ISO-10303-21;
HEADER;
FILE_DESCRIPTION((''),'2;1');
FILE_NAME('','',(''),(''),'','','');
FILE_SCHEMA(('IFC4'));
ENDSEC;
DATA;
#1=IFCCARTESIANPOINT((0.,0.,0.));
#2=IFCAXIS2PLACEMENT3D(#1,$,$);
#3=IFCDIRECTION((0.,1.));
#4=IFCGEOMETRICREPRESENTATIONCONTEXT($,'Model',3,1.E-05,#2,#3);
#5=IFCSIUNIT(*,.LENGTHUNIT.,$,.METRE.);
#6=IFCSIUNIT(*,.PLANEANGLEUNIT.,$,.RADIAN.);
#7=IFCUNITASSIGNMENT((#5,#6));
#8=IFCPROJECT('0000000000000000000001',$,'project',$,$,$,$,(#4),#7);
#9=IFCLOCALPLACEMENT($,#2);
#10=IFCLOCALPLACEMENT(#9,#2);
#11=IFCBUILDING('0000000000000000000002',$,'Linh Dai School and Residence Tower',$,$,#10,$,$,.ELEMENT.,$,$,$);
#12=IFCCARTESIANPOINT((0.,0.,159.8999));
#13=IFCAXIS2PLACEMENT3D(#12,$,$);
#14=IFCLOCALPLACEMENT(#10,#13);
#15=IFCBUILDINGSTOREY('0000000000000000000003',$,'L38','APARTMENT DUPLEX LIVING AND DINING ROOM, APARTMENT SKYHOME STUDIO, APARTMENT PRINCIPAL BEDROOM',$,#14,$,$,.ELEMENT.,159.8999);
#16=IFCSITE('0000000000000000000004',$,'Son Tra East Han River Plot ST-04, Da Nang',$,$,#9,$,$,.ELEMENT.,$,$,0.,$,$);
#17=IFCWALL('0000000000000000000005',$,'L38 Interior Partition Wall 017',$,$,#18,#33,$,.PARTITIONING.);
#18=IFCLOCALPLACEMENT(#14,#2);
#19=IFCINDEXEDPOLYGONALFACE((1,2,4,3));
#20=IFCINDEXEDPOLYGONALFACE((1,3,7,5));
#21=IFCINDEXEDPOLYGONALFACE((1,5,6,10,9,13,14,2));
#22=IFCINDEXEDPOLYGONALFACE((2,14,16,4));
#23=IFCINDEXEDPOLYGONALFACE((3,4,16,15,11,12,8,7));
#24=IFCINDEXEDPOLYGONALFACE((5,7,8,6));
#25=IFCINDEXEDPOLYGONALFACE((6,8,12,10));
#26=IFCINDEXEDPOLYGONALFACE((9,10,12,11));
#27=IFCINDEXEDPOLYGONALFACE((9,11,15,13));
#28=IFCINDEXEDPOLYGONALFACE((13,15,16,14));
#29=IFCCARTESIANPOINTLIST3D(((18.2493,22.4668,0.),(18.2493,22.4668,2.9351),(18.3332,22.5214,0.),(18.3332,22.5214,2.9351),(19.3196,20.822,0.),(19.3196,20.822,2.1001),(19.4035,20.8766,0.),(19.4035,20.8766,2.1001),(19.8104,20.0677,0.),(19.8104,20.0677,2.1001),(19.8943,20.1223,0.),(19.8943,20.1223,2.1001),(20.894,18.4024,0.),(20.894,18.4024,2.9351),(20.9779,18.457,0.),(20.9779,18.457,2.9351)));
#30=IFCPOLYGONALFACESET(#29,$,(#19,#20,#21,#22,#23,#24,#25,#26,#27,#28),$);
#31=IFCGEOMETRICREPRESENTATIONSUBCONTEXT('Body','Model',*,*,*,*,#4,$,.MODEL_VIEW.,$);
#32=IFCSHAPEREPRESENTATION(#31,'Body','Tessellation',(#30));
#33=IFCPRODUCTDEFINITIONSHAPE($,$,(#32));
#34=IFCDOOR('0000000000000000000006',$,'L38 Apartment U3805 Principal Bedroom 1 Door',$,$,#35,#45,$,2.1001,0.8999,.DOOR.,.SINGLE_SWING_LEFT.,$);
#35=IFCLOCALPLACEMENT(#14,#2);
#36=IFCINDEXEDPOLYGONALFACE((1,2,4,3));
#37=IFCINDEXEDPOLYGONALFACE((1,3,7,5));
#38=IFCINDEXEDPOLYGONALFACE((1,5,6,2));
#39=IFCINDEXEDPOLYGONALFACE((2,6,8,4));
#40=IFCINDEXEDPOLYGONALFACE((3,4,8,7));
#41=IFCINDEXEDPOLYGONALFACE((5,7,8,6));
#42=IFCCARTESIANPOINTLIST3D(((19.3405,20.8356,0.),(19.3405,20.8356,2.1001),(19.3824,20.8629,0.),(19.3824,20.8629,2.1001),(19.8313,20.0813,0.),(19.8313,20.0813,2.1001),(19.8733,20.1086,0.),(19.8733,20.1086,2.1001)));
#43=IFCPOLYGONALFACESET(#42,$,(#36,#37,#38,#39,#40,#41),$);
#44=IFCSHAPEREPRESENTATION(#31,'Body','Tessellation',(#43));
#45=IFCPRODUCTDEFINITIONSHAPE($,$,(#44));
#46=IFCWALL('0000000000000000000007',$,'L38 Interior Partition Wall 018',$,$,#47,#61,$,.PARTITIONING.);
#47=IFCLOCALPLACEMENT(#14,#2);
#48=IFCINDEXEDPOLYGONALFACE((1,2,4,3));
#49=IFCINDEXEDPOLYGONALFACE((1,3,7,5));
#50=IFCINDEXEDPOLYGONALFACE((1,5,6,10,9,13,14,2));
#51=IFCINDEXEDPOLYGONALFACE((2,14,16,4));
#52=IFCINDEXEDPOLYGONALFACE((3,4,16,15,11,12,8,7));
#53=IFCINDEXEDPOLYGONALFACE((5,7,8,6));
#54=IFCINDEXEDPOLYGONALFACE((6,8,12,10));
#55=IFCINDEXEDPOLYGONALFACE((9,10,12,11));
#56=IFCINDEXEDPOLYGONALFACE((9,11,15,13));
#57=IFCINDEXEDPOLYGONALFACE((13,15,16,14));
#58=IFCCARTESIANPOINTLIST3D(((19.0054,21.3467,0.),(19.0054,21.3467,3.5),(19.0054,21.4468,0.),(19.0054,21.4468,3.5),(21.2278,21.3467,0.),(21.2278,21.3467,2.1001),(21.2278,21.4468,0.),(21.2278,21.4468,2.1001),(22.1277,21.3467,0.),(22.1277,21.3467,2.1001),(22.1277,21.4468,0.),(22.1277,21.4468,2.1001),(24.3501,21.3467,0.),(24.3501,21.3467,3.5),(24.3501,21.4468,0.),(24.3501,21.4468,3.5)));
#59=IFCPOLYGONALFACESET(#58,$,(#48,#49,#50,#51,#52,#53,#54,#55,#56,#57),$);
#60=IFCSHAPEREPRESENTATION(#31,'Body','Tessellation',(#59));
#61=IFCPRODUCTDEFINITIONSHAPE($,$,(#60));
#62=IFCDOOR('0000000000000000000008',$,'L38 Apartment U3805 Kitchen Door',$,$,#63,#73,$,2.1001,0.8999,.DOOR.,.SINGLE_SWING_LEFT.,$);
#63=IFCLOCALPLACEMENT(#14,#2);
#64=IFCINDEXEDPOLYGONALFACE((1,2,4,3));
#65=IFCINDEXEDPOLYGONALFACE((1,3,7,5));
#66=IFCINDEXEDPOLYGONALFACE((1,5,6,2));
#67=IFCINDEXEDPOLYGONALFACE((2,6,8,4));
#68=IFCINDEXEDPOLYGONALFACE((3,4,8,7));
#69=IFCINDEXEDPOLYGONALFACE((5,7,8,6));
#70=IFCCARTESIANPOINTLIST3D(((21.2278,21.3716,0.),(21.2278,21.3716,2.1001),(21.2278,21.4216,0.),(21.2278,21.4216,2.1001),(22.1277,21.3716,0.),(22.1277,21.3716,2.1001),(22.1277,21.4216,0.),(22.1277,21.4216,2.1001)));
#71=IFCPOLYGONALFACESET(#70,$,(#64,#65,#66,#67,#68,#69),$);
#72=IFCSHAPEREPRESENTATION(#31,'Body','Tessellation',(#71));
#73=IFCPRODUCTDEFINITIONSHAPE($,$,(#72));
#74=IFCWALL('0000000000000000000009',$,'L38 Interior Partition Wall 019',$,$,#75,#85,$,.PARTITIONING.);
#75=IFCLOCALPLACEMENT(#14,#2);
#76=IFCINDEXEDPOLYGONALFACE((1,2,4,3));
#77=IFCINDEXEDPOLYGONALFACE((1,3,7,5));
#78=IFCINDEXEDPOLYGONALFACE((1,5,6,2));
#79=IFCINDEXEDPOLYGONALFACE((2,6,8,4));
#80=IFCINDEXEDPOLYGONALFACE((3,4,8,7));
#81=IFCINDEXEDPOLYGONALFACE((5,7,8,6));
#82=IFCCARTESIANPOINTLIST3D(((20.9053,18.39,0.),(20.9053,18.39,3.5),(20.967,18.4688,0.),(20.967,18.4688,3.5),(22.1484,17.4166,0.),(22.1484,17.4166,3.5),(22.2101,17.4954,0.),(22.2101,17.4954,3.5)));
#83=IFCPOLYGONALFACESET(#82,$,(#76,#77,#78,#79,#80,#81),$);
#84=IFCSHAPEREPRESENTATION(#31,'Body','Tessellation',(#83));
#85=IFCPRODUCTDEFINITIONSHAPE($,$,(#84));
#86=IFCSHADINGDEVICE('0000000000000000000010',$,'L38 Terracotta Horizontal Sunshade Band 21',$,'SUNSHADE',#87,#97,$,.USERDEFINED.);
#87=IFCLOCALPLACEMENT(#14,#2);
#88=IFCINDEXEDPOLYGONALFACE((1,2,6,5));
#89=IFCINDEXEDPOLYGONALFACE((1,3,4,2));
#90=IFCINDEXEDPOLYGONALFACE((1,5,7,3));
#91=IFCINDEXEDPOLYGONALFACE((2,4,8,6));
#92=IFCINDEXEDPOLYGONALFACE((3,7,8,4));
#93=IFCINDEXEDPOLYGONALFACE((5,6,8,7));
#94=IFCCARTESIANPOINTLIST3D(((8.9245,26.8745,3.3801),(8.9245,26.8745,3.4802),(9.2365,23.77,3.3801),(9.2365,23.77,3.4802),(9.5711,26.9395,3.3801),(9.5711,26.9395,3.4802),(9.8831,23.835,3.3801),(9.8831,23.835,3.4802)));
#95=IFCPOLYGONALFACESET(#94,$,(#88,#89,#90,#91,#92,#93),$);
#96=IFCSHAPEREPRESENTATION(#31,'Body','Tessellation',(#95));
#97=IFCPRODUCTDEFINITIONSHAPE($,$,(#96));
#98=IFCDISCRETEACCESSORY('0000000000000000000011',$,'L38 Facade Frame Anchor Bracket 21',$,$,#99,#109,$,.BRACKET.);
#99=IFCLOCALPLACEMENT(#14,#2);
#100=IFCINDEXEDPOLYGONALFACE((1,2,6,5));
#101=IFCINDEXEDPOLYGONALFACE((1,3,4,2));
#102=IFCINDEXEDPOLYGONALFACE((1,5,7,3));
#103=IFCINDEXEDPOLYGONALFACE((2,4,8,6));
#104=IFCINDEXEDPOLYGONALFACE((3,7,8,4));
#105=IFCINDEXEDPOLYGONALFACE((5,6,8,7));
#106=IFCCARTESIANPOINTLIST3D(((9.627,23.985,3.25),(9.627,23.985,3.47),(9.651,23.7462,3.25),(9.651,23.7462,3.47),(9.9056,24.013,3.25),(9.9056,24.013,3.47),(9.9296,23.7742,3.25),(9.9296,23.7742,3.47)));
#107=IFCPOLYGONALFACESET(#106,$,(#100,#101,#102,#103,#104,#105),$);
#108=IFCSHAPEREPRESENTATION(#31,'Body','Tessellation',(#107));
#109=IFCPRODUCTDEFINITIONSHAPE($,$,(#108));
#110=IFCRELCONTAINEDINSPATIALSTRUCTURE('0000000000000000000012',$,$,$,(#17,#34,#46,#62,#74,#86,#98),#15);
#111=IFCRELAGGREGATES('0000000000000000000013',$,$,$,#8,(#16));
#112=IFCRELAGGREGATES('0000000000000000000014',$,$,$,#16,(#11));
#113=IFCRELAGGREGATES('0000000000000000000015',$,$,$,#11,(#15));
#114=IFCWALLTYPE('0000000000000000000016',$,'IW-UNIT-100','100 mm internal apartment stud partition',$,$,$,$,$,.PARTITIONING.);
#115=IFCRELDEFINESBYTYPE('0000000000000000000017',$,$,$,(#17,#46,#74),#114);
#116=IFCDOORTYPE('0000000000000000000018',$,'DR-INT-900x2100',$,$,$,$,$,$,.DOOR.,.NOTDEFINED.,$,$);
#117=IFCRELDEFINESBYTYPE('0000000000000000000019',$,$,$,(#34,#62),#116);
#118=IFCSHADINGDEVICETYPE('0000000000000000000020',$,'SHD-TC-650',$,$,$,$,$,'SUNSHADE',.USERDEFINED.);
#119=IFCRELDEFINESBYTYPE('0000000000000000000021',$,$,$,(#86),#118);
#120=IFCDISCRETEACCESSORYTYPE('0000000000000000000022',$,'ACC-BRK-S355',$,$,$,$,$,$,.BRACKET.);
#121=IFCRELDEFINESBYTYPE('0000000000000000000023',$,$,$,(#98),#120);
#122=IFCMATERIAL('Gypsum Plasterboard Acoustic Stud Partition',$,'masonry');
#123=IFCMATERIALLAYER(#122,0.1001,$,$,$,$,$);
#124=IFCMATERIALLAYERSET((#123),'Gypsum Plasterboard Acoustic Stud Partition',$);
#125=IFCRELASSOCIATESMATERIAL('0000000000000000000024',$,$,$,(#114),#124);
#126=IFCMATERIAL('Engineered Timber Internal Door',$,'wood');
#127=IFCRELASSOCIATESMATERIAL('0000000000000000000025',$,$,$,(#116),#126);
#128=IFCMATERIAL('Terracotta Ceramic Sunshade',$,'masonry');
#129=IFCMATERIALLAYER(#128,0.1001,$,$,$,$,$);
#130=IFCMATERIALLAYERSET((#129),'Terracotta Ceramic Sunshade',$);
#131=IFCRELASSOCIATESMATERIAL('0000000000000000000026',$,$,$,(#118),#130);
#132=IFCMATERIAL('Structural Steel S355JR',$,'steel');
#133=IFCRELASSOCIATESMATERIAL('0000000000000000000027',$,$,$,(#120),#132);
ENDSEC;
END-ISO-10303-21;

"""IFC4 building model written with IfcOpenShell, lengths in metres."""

from ifc_helpers import new_model, si_unit, direction, frame, frame_2d, origin, origin_2d, place, context, subcontext, project, spatial, rectangle, extrude, source, transform, mapped, material, layer, layer_set, type_object, element, fill, save


model = new_model("IFC4")

# Units and contexts
model_context = context("Model", 3, precision=1e-05, world=origin(), true_north=direction((0.0, 1.0)))
body_context = subcontext(model_context, "Body", "Model", "MODEL_VIEW")
ifc_project = project(units=[si_unit("LENGTHUNIT", "METRE"), si_unit("PLANEANGLEUNIT", "RADIAN")], contexts=[model_context])

# Site, building, storey
site_placement = place(None, origin())
site = spatial("IfcSite", under=ifc_project, at=site_placement, Name="Son Tra East Han River Plot ST-04, Da Nang", CompositionType="ELEMENT", RefElevation=0.0)
building_placement = place(site_placement, origin())
building = spatial("IfcBuilding", under=site, at=building_placement, Name="Linh Dai School and Residence Tower", CompositionType="ELEMENT")
storey_placement = place(building_placement, frame((0.0, 0.0, 159.8999)))
storey = spatial("IfcBuildingStorey", under=building, at=storey_placement, Name="L38", Description="APARTMENT DUPLEX LIVING AND DINING ROOM, APARTMENT SKYHOME STUDIO, APARTMENT PRINCIPAL BEDROOM", CompositionType="ELEMENT", Elevation=159.8999)

# Shared definitions
ifc_material_1 = material(Name="Structural Steel S355JR", Category="steel")

# Shared definitions
ifc_material_2 = material(Name="Gypsum Plasterboard Acoustic Stud Partition", Category="masonry")
ifc_layer_1 = layer(ifc_material_2, 0.1001)
ifc_layer_set_1 = layer_set([ifc_layer_1], Name="Gypsum Plasterboard Acoustic Stud Partition")
wall_type_1 = type_object("IfcWallType", Name="IW-UNIT-100", Description="100 mm internal apartment stud partition", PredefinedType="PARTITIONING", material=ifc_layer_set_1)

# Walls, openings, doors
wall_1_placement = place(storey_placement, frame((18.2913, 22.4941, 0.0), z_axis=(0.0, 0.0, 1.0), x_axis=(0.545406, -0.838172, 0.0)))
wall_1 = element("IfcWall", 1, at=wall_1_placement, inside=storey, type_object=wall_type_1, Name="L38 Interior Partition Wall 017", PredefinedType="PARTITIONING", context=body_context, shape_type="SweptSolid", body=[
    extrude(rectangle(XDim=4.8491, YDim=0.1001, at=frame_2d((2.4246, 0.0))), origin(), (0.0, 0.0, 1.0), 2.9351),
])
opening_1_placement = place(wall_1_placement, frame((1.9624, 0.0, 0.0)))
opening_1 = element("IfcOpeningElement", 2, at=opening_1_placement, cuts=wall_1, PredefinedType="OPENING", context=body_context, shape_type="SweptSolid", body=[
    extrude(rectangle(XDim=0.8999, YDim=2.1001, at=origin_2d()), frame((0.45, 0.0601, 1.05), z_axis=(0.0, -1.0, 0.0), x_axis=(1.0, 0.0, 0.0)), (0.0, 0.0, 1.0), 0.1201),
])
ifc_material_3 = material(Name="Engineered Timber Internal Door", Category="wood")
door_type_1 = type_object("IfcDoorType", Name="DR-INT-900x2100", OperationType="NOTDEFINED", PredefinedType="DOOR", material=ifc_material_3)
shared_shape_1 = source(origin(), body_context, "Body", "SweptSolid", [
    extrude(rectangle(XDim=0.8999, YDim=2.1001, at=origin_2d()), frame((0.45, 0.0249, 1.05), z_axis=(0.0, -1.0, 0.0), x_axis=(1.0, 0.0, 0.0)), (0.0, 0.0, 1.0), 0.05),
])
door_1_placement = place(opening_1_placement, origin())
door_1 = element("IfcDoor", 3, at=door_1_placement, inside=storey, type_object=door_type_1, Name="L38 Apartment U3805 Principal Bedroom 1 Door", OperationType="SINGLE_SWING_LEFT", OverallHeight=2.1001, OverallWidth=0.8999, PredefinedType="DOOR", context=body_context, shape_type="MappedRepresentation", body=[
    mapped(shared_shape_1, transform((0.0, 0.0, 0.0), x_axis=(1.0, 0.0, 0.0), y_axis=(0.0, 1.0, 0.0), z_axis=(0.0, 0.0, 1.0), scale=1.0)),
])
fill(opening_1, door_1)
wall_2_placement = place(storey_placement, frame((19.0054, 21.3967, 0.0), z_axis=(0.0, 0.0, 1.0), x_axis=(1.0, 0.0, 0.0)))
wall_2 = element("IfcWall", 4, at=wall_2_placement, inside=storey, type_object=wall_type_1, Name="L38 Interior Partition Wall 018", PredefinedType="PARTITIONING", context=body_context, shape_type="SweptSolid", body=[
    extrude(rectangle(XDim=5.3447, YDim=0.1001, at=frame_2d((2.6724, 0.0))), origin(), (0.0, 0.0, 1.0), 3.5),
])
opening_2_placement = place(wall_2_placement, frame((2.2224, 0.0, 0.0)))
opening_2 = element("IfcOpeningElement", 5, at=opening_2_placement, cuts=wall_2, PredefinedType="OPENING", context=body_context, shape_type="SweptSolid", body=[
    extrude(rectangle(XDim=0.8999, YDim=2.1001, at=origin_2d()), frame((0.45, 0.0601, 1.05), z_axis=(0.0, -1.0, 0.0), x_axis=(1.0, 0.0, 0.0)), (0.0, 0.0, 1.0), 0.1201),
])
door_2_placement = place(opening_2_placement, origin())
door_2 = element("IfcDoor", 6, at=door_2_placement, inside=storey, type_object=door_type_1, Name="L38 Apartment U3805 Kitchen Door", OperationType="SINGLE_SWING_LEFT", OverallHeight=2.1001, OverallWidth=0.8999, PredefinedType="DOOR", context=body_context, shape_type="MappedRepresentation", body=[
    mapped(shared_shape_1, transform((0.0, 0.0, 0.0), x_axis=(1.0, 0.0, 0.0), y_axis=(0.0, 1.0, 0.0), z_axis=(0.0, 0.0, 1.0), scale=1.0)),
])
fill(opening_2, door_2)

# Wall
wall_3_placement = place(storey_placement, frame((20.936, 18.4294, 0.0), z_axis=(0.0, 0.0, 1.0), x_axis=(0.787358, -0.616496, 0.0)))
element("IfcWall", 7, at=wall_3_placement, inside=storey, type_object=wall_type_1, Name="L38 Interior Partition Wall 019", PredefinedType="PARTITIONING", context=body_context, shape_type="SweptSolid", body=[
    extrude(rectangle(XDim=1.5789, YDim=0.1001, at=frame_2d((0.7896, 0.0))), origin(), (0.0, 0.0, 1.0), 3.5),
])

# Shading device
ifc_material_4 = material(Name="Terracotta Ceramic Sunshade", Category="masonry")
ifc_layer_2 = layer(ifc_material_4, 0.1001)
ifc_layer_set_2 = layer_set([ifc_layer_2], Name="Terracotta Ceramic Sunshade")
shading_device_type = type_object("IfcShadingDeviceType", Name="SHD-TC-650", ElementType="SUNSHADE", PredefinedType="USERDEFINED", material=ifc_layer_set_2)
shared_shape_2 = source(origin(), body_context, "Body", "SweptSolid", [
    extrude(rectangle(XDim=3.1201, YDim=0.6499, at=origin_2d()), origin(), (0.0, 0.0, 1.0), 0.1001),
])
shading_device_placement = place(storey_placement, frame((9.4038, 25.3547, 3.3801), z_axis=(0.0, 0.0, 1.0), x_axis=(-0.100002, 0.994987, 0.0)))
element("IfcShadingDevice", 8, at=shading_device_placement, inside=storey, type_object=shading_device_type, Name="L38 Terracotta Horizontal Sunshade Band 21", ObjectType="SUNSHADE", PredefinedType="USERDEFINED", context=body_context, shape_type="MappedRepresentation", body=[
    mapped(shared_shape_2, transform((0.0, 0.0, 0.0), x_axis=(1.0, 0.0, 0.0), y_axis=(0.0, 1.0, 0.0), z_axis=(0.0, 0.0, 1.0), scale=1.0)),
])

# Discrete accessory
discrete_accessory_type = type_object("IfcDiscreteAccessoryType", Name="ACC-BRK-S355", PredefinedType="BRACKET", material=ifc_material_1)
shared_shape_3 = source(origin(), body_context, "Body", "SweptSolid", [
    extrude(rectangle(XDim=0.28, YDim=0.24, at=origin_2d()), origin(), (0.0, 0.0, 1.0), 0.22),
])
discrete_accessory_placement = place(storey_placement, frame((9.7783, 23.8796, 3.25), z_axis=(0.0, 0.0, 1.0), x_axis=(-0.994987, -0.100002, 0.0)))
element("IfcDiscreteAccessory", 9, at=discrete_accessory_placement, inside=storey, type_object=discrete_accessory_type, Name="L38 Facade Frame Anchor Bracket 21", PredefinedType="BRACKET", context=body_context, shape_type="MappedRepresentation", body=[
    mapped(shared_shape_3, transform((0.0, 0.0, 0.0), x_axis=(1.0, 0.0, 0.0), y_axis=(0.0, 1.0, 0.0), z_axis=(0.0, 0.0, 1.0), scale=1.0)),
])

save(model, "model.ifc")
